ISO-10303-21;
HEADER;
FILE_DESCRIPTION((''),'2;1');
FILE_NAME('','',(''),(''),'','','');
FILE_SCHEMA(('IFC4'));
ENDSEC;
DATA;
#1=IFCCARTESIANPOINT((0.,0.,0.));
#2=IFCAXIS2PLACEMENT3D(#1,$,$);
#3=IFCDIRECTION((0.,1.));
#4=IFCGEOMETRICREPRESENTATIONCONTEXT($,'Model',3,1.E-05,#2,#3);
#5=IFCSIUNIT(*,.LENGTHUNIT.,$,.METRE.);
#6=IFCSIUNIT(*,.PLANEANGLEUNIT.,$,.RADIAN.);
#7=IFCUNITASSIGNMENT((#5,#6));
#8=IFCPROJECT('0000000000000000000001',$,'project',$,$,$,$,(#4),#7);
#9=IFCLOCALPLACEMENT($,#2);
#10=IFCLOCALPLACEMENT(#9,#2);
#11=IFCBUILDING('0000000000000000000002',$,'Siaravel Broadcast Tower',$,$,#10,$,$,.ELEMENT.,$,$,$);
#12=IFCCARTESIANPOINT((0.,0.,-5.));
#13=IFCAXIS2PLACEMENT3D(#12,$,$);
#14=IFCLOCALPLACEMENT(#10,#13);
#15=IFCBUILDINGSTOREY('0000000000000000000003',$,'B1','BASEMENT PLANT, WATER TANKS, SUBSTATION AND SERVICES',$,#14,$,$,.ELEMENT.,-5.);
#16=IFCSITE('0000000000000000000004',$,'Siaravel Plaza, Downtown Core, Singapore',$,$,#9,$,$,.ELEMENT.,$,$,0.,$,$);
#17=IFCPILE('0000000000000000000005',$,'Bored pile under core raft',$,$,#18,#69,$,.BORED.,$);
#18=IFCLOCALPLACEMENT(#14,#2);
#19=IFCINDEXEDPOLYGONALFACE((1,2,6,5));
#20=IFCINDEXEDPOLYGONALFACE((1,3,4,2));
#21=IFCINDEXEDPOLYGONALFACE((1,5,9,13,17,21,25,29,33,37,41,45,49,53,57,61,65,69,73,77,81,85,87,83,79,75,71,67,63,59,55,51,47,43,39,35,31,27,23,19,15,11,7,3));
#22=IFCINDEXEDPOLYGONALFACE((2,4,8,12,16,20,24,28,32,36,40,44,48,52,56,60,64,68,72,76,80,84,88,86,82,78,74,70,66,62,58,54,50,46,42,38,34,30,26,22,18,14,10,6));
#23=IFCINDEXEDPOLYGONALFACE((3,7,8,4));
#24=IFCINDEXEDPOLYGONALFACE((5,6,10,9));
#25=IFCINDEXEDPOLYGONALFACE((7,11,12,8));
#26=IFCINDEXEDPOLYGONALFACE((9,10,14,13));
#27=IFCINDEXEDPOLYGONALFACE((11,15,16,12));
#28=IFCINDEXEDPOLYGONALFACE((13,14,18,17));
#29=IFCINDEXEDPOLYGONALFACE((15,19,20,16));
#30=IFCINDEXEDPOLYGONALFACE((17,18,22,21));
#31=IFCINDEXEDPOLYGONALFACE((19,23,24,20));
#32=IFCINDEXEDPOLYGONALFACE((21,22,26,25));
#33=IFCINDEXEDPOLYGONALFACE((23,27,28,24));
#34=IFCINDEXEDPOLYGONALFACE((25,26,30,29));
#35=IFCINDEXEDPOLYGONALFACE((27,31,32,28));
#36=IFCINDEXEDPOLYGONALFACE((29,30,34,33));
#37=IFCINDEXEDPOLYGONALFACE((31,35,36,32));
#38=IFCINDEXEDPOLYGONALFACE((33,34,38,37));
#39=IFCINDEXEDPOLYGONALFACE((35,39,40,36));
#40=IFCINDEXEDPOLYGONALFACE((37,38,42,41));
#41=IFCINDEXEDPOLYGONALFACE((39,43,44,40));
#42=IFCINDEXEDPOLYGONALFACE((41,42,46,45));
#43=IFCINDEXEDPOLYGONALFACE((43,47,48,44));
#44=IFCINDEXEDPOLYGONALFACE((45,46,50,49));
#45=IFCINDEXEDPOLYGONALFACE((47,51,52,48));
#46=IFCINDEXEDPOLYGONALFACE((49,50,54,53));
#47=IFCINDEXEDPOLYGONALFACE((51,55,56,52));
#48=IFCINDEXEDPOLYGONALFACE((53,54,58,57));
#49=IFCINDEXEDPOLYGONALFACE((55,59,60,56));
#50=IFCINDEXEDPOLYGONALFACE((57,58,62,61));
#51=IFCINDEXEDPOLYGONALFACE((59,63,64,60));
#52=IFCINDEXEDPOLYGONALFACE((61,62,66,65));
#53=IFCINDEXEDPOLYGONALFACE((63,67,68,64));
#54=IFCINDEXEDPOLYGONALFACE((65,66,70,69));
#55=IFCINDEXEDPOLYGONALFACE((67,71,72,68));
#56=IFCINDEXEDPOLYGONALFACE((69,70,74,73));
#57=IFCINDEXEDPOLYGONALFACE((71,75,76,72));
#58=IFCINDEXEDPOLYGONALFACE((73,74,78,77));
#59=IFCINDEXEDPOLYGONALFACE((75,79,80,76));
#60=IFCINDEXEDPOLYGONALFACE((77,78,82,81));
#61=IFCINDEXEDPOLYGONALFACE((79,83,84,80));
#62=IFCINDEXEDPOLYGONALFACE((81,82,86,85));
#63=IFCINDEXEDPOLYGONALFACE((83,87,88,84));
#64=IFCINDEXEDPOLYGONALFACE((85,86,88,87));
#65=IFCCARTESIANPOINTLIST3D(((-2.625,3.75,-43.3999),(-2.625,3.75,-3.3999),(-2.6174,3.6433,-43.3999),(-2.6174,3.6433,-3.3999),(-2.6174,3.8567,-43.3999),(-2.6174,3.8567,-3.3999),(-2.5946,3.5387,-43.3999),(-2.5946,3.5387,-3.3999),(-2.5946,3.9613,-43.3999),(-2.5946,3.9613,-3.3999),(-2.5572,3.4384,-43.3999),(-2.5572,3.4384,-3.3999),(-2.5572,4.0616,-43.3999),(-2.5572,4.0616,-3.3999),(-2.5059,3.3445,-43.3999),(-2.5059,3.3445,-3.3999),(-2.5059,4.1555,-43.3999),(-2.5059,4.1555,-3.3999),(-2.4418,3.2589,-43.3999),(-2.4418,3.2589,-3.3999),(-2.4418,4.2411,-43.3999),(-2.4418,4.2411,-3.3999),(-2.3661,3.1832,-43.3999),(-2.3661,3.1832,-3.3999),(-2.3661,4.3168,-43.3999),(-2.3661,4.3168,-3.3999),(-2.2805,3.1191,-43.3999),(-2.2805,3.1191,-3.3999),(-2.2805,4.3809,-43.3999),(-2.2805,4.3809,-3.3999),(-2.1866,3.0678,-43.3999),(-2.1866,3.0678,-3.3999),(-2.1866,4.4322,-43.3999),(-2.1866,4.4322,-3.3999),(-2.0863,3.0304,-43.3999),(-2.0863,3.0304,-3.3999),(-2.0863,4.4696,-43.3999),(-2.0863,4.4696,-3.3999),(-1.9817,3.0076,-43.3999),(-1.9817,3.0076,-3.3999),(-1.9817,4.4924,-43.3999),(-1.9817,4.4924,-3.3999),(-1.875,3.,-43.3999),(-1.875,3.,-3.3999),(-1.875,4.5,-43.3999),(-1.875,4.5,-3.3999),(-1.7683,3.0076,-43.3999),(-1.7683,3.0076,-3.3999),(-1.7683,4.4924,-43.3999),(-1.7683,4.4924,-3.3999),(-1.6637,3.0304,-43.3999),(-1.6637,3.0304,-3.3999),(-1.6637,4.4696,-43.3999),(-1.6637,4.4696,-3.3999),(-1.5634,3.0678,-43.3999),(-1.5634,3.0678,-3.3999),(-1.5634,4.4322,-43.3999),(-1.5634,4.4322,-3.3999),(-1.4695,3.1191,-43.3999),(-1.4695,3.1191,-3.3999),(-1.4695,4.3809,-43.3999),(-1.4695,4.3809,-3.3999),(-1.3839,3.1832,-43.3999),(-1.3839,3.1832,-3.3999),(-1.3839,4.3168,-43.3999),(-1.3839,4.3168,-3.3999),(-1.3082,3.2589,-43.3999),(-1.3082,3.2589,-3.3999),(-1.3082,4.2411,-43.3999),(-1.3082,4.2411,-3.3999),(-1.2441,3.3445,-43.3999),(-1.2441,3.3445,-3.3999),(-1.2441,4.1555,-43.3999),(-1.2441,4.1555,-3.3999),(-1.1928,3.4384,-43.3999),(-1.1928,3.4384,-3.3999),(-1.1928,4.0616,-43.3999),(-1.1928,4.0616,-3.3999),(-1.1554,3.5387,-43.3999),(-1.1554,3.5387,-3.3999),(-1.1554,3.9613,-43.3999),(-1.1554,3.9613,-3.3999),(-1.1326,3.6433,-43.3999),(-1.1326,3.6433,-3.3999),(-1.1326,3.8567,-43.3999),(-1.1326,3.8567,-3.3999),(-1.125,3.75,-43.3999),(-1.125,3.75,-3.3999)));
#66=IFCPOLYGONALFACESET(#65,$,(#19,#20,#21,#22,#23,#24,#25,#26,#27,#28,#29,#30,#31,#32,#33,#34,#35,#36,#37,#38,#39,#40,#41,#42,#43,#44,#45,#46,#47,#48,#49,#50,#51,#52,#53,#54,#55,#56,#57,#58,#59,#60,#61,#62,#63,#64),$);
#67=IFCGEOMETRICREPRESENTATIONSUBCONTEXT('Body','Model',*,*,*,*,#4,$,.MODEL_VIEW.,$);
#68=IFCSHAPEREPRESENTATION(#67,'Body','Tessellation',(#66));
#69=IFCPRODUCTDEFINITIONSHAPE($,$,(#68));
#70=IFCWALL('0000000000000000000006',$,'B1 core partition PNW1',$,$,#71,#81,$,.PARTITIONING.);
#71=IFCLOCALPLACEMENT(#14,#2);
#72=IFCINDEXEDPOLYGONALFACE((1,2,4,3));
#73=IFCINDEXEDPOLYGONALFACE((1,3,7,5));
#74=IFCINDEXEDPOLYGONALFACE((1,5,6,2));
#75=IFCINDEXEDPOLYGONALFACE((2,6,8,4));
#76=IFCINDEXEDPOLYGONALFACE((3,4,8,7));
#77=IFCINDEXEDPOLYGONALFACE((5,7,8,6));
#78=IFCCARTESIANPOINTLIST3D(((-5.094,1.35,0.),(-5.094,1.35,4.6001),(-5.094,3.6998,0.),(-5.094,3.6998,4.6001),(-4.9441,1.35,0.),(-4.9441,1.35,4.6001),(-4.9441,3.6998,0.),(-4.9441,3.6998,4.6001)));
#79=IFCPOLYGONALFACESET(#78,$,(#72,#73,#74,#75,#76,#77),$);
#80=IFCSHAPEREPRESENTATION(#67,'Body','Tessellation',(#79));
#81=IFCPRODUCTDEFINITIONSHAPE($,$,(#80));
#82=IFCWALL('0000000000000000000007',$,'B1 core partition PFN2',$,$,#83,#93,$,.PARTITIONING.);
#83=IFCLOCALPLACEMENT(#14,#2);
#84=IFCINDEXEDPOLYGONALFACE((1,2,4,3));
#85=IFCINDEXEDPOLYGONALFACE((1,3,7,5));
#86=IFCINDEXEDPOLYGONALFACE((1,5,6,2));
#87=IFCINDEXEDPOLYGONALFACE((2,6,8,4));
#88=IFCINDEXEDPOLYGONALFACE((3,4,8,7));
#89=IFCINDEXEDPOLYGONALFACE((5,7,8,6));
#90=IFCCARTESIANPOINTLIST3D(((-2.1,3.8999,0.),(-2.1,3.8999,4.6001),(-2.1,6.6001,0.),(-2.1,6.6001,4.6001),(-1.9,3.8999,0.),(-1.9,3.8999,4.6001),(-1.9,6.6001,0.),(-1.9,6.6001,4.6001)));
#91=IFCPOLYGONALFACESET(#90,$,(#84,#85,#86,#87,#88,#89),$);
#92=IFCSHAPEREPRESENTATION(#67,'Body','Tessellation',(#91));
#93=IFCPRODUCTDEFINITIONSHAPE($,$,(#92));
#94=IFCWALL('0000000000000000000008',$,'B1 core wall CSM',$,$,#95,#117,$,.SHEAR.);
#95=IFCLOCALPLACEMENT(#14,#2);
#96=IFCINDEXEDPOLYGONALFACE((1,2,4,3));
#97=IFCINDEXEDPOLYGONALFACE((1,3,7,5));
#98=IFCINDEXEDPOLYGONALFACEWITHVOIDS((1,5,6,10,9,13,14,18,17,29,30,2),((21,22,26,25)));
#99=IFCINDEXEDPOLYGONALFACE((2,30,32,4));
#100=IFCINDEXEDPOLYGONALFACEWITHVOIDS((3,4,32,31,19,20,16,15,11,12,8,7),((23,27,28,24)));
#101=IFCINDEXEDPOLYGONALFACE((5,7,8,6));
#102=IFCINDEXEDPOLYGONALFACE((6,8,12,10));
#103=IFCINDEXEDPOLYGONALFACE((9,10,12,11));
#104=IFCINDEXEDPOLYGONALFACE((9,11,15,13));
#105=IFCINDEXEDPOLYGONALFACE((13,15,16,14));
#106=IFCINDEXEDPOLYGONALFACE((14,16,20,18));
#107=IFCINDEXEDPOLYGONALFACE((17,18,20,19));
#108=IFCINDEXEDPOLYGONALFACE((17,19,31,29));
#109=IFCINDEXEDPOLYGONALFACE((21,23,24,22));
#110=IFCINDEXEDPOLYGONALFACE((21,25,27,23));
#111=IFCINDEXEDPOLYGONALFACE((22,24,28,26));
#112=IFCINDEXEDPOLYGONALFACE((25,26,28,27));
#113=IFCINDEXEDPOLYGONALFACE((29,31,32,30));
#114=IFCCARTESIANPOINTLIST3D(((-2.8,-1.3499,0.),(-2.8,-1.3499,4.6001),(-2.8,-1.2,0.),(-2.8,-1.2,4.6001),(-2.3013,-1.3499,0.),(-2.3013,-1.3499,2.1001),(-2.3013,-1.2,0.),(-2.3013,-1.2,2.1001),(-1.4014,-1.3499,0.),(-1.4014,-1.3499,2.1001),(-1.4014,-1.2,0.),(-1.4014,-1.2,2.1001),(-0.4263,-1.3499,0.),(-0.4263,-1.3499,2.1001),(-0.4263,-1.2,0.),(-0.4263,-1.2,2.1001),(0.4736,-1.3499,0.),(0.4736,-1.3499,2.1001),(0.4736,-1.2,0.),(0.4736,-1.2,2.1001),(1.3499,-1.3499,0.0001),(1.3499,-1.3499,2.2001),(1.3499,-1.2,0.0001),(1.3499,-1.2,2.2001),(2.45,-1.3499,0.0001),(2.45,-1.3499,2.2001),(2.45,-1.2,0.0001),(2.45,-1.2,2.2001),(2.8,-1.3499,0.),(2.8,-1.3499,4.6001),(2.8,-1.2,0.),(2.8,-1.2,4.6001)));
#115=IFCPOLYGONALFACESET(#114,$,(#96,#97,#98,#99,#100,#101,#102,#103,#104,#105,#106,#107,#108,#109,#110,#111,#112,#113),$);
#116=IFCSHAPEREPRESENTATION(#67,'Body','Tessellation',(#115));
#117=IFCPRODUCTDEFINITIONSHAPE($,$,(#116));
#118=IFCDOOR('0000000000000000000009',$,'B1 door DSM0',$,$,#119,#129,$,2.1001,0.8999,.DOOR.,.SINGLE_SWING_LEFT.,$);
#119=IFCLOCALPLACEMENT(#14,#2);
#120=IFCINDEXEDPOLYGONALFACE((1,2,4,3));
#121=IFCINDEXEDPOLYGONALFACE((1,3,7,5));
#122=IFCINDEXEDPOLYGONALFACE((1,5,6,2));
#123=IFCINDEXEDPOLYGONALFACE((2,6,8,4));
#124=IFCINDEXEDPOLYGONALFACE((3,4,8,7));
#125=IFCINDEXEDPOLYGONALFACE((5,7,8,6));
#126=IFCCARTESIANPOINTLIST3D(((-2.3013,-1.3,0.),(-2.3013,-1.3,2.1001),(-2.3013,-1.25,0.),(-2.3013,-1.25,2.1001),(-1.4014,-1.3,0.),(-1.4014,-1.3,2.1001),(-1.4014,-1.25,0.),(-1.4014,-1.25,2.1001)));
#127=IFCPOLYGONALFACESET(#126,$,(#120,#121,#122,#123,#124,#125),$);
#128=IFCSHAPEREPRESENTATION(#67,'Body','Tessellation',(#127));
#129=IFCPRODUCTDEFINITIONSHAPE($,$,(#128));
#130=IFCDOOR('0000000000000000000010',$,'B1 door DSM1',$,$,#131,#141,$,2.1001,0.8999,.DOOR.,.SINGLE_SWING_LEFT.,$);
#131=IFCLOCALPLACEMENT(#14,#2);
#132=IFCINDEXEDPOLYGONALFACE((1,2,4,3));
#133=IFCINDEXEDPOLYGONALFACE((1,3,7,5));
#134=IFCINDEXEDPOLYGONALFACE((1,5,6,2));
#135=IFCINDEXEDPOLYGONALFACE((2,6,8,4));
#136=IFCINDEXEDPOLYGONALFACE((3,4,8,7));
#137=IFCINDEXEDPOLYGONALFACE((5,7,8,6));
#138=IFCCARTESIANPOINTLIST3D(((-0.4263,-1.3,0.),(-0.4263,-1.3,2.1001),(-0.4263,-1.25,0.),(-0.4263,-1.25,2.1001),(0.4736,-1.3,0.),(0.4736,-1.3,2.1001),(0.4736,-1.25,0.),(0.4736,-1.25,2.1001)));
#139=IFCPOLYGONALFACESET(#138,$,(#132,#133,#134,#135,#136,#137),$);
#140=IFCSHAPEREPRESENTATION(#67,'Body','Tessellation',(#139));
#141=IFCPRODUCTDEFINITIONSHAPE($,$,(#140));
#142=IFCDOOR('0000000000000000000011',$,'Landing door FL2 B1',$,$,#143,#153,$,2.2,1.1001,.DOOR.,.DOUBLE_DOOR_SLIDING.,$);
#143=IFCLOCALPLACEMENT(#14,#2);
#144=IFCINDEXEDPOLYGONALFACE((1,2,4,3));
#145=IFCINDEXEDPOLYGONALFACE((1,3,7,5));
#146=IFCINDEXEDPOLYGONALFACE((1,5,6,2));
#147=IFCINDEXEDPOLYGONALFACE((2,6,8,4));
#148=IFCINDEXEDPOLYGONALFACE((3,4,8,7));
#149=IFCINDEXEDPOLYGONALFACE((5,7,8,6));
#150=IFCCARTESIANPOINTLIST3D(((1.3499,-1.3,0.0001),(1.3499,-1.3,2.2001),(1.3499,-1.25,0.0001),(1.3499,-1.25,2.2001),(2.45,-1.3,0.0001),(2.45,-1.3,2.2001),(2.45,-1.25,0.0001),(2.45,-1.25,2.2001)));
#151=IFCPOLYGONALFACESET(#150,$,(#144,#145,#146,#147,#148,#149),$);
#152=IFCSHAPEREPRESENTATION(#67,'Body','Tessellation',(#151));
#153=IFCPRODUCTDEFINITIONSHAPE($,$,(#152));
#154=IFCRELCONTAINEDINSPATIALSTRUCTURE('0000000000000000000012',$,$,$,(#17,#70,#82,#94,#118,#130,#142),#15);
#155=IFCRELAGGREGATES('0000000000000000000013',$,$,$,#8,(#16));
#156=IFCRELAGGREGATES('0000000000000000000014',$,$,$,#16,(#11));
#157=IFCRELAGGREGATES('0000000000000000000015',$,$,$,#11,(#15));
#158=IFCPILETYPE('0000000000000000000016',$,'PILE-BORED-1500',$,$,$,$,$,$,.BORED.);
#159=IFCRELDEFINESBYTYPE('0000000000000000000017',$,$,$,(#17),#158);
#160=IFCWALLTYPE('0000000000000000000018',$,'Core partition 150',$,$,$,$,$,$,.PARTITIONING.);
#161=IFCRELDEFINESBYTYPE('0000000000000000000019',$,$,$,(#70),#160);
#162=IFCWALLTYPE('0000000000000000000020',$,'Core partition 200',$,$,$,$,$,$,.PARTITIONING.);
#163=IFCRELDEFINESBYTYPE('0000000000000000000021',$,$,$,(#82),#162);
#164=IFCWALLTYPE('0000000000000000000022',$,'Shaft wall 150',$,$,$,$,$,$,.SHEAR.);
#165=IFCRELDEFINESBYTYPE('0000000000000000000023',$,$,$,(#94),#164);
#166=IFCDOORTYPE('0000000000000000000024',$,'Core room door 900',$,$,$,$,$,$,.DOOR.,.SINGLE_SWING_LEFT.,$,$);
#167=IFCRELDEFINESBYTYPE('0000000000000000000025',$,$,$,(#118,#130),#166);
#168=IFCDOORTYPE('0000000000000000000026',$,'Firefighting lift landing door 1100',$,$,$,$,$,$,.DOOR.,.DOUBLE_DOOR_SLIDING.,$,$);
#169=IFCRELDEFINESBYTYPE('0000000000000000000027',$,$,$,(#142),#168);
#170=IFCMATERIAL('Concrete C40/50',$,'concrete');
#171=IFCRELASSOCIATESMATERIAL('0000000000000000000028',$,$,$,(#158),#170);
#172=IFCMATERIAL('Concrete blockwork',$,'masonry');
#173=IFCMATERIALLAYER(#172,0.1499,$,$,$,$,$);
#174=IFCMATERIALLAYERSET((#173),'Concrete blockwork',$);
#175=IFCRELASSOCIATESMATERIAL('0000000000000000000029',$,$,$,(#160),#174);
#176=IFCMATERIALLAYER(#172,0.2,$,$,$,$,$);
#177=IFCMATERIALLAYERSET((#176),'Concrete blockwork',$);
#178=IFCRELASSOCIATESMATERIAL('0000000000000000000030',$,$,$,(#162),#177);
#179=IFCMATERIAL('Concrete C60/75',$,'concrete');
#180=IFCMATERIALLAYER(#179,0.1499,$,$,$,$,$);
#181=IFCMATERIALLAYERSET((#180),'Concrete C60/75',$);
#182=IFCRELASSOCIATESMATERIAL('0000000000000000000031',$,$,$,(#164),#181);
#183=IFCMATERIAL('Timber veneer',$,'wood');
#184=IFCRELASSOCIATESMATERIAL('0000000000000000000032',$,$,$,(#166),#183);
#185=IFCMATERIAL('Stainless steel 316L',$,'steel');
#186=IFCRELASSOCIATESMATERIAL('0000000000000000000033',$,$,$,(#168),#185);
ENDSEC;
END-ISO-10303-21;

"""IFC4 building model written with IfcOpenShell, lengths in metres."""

from ifc_helpers import new_model, si_unit, direction, frame, frame_2d, origin, origin_2d, place, context, subcontext, project, spatial, rectangle, circle, extrude, material, layer, layer_set, material_profile, profile_set, type_object, element, fill, save


model = new_model("IFC4")

# Units and contexts
model_context = context("Model", 3, precision=1e-05, world=origin(), true_north=direction((0.0, 1.0)))
body_context = subcontext(model_context, "Body", "Model", "MODEL_VIEW")
ifc_project = project(units=[si_unit("LENGTHUNIT", "METRE"), si_unit("PLANEANGLEUNIT", "RADIAN")], contexts=[model_context])

# Site, building, storey
site_placement = place(None, origin())
site = spatial("IfcSite", under=ifc_project, at=site_placement, Name="Siaravel Plaza, Downtown Core, Singapore", CompositionType="ELEMENT", RefElevation=0.0)
building_placement = place(site_placement, origin())
building = spatial("IfcBuilding", under=site, at=building_placement, Name="Siaravel Broadcast Tower", CompositionType="ELEMENT")
storey_placement = place(building_placement, frame((0.0, 0.0, -5.0)))
storey = spatial("IfcBuildingStorey", under=building, at=storey_placement, Name="B1", Description="BASEMENT PLANT, WATER TANKS, SUBSTATION AND SERVICES", CompositionType="ELEMENT", Elevation=-5.0)

# Pile
ifc_material_1 = material(Name="Concrete C40/50", Category="concrete")
ifc_material_profile = material_profile(ifc_material_1, circle(Radius=0.75, at=origin_2d()))
ifc_profile_set = profile_set([ifc_material_profile], Name="Concrete C40/50")
pile_type = type_object("IfcPileType", Name="PILE-BORED-1500", PredefinedType="BORED", material=ifc_profile_set)
for number, where, z_axis, x_axis, name in (
    (1, (-1.875, 3.75, -3.3999), (0.0, 0.0, -1.0), (1.0, 0.0, 0.0), "Bored pile under core raft"),
):
    element("IfcPile", number, at=place(storey_placement, frame(where, z_axis=z_axis, x_axis=x_axis)), inside=storey, type_object=pile_type, Name=name, PredefinedType="BORED", context=body_context, shape_type="SweptSolid", body=[
        extrude(circle(Radius=0.75, at=origin_2d()), origin(), (0.0, 0.0, 1.0), 40.0),
    ])

# Walls
ifc_material_2 = material(Name="Concrete blockwork", Category="masonry")
ifc_layer_1 = layer(ifc_material_2, 0.1499)
ifc_layer_set_1 = layer_set([ifc_layer_1], Name="Concrete blockwork")
wall_type_1 = type_object("IfcWallType", Name="Core partition 150", PredefinedType="PARTITIONING", material=ifc_layer_set_1)
wall_1_placement = place(storey_placement, frame((-5.019, 1.3501, 0.0), z_axis=(0.0, 0.0, 1.0), x_axis=(0.0, 1.0, 0.0)))
element("IfcWall", 2, at=wall_1_placement, inside=storey, type_object=wall_type_1, Name="B1 core partition PNW1", PredefinedType="PARTITIONING", context=body_context, shape_type="SweptSolid", body=[
    extrude(rectangle(XDim=2.3499, YDim=0.1499, at=frame_2d((1.1748, 0.0))), origin(), (0.0, 0.0, 1.0), 4.6001),
])
ifc_layer_2 = layer(ifc_material_2, 0.2)
ifc_layer_set_2 = layer_set([ifc_layer_2], Name="Concrete blockwork")
wall_type_2 = type_object("IfcWallType", Name="Core partition 200", PredefinedType="PARTITIONING", material=ifc_layer_set_2)
wall_2_placement = place(storey_placement, frame((-2.0, 3.8999, 0.0), z_axis=(0.0, 0.0, 1.0), x_axis=(0.0, 1.0, 0.0)))
element("IfcWall", 3, at=wall_2_placement, inside=storey, type_object=wall_type_2, Name="B1 core partition PFN2", PredefinedType="PARTITIONING", context=body_context, shape_type="SweptSolid", body=[
    extrude(rectangle(XDim=2.7002, YDim=0.2, at=frame_2d((1.3501, 0.0))), origin(), (0.0, 0.0, 1.0), 4.6001),
])

# Wall, openings, doors
ifc_material_3 = material(Name="Concrete C60/75", Category="concrete")
ifc_layer_3 = layer(ifc_material_3, 0.1499)
ifc_layer_set_3 = layer_set([ifc_layer_3], Name="Concrete C60/75")
wall_type_3 = type_object("IfcWallType", Name="Shaft wall 150", PredefinedType="SHEAR", material=ifc_layer_set_3)
wall_3_placement = place(storey_placement, frame((-2.8, -1.2749, 0.0), z_axis=(0.0, 0.0, 1.0), x_axis=(1.0, 0.0, 0.0)))
wall_3 = element("IfcWall", 4, at=wall_3_placement, inside=storey, type_object=wall_type_3, Name="B1 core wall CSM", PredefinedType="SHEAR", context=body_context, shape_type="SweptSolid", body=[
    extrude(rectangle(XDim=5.6001, YDim=0.1499, at=frame_2d((2.8, 0.0))), origin(), (0.0, 0.0, 1.0), 4.6001),
])
opening_1_placement = place(wall_3_placement, frame((4.1499, 0.0, 0.0)))
opening_1 = element("IfcOpeningElement", 5, at=opening_1_placement, cuts=wall_3, PredefinedType="OPENING", context=body_context, shape_type="SweptSolid", body=[
    extrude(rectangle(XDim=1.1001, YDim=2.2, at=frame_2d((0.55, 1.1001))), frame((0.0, 0.085, 0.0), z_axis=(0.0, -1.0, 0.0), x_axis=(1.0, 0.0, 0.0)), (0.0, 0.0, 1.0), 0.1699),
])
opening_2_placement = place(wall_3_placement, frame((0.4988, 0.0, 0.0)))
opening_2 = element("IfcOpeningElement", 6, at=opening_2_placement, cuts=wall_3, PredefinedType="OPENING", context=body_context, shape_type="SweptSolid", body=[
    extrude(rectangle(XDim=0.8999, YDim=2.1001, at=frame_2d((0.45, 1.05))), frame((0.0, 0.085, 0.0), z_axis=(0.0, -1.0, 0.0), x_axis=(1.0, 0.0, 0.0)), (0.0, 0.0, 1.0), 0.1699),
])
opening_3_placement = place(wall_3_placement, frame((2.3738, 0.0, 0.0)))
opening_3 = element("IfcOpeningElement", 7, at=opening_3_placement, cuts=wall_3, PredefinedType="OPENING", context=body_context, shape_type="SweptSolid", body=[
    extrude(rectangle(XDim=0.8999, YDim=2.1001, at=frame_2d((0.45, 1.05))), frame((0.0, 0.085, 0.0), z_axis=(0.0, -1.0, 0.0), x_axis=(1.0, 0.0, 0.0)), (0.0, 0.0, 1.0), 0.1699),
])
ifc_material_4 = material(Name="Timber veneer", Category="wood")
door_type_1 = type_object("IfcDoorType", Name="Core room door 900", OperationType="SINGLE_SWING_LEFT", PredefinedType="DOOR", material=ifc_material_4)
door_1_placement = place(opening_2_placement, origin())
door_1 = element("IfcDoor", 8, at=door_1_placement, inside=storey, type_object=door_type_1, Name="B1 door DSM0", OperationType="SINGLE_SWING_LEFT", OverallHeight=2.1001, OverallWidth=0.8999, PredefinedType="DOOR", context=body_context, shape_type="SweptSolid", body=[
    extrude(rectangle(XDim=0.8999, YDim=2.1001, at=frame_2d((0.45, 1.05))), frame((0.0, 0.0249, 0.0), z_axis=(0.0, -1.0, 0.0), x_axis=(1.0, 0.0, 0.0)), (0.0, 0.0, 1.0), 0.05),
])
fill(opening_2, door_1)
door_2_placement = place(opening_3_placement, origin())
door_2 = element("IfcDoor", 9, at=door_2_placement, inside=storey, type_object=door_type_1, Name="B1 door DSM1", OperationType="SINGLE_SWING_LEFT", OverallHeight=2.1001, OverallWidth=0.8999, PredefinedType="DOOR", context=body_context, shape_type="SweptSolid", body=[
    extrude(rectangle(XDim=0.8999, YDim=2.1001, at=frame_2d((0.45, 1.05))), frame((0.0, 0.0249, 0.0), z_axis=(0.0, -1.0, 0.0), x_axis=(1.0, 0.0, 0.0)), (0.0, 0.0, 1.0), 0.05),
])
fill(opening_3, door_2)
ifc_material_5 = material(Name="Stainless steel 316L", Category="steel")
door_type_2 = type_object("IfcDoorType", Name="Firefighting lift landing door 1100", OperationType="DOUBLE_DOOR_SLIDING", PredefinedType="DOOR", material=ifc_material_5)
door_3_placement = place(opening_1_placement, origin())
door_3 = element("IfcDoor", 10, at=door_3_placement, inside=storey, type_object=door_type_2, Name="Landing door FL2 B1", OperationType="DOUBLE_DOOR_SLIDING", OverallHeight=2.2, OverallWidth=1.1001, PredefinedType="DOOR", context=body_context, shape_type="SweptSolid", body=[
    extrude(rectangle(XDim=1.1001, YDim=2.2, at=frame_2d((0.55, 1.1001))), frame((0.0, 0.0249, 0.0), z_axis=(0.0, -1.0, 0.0), x_axis=(1.0, 0.0, 0.0)), (0.0, 0.0, 1.0), 0.05),
])
fill(opening_1, door_3)

save(model, "model.ifc")
